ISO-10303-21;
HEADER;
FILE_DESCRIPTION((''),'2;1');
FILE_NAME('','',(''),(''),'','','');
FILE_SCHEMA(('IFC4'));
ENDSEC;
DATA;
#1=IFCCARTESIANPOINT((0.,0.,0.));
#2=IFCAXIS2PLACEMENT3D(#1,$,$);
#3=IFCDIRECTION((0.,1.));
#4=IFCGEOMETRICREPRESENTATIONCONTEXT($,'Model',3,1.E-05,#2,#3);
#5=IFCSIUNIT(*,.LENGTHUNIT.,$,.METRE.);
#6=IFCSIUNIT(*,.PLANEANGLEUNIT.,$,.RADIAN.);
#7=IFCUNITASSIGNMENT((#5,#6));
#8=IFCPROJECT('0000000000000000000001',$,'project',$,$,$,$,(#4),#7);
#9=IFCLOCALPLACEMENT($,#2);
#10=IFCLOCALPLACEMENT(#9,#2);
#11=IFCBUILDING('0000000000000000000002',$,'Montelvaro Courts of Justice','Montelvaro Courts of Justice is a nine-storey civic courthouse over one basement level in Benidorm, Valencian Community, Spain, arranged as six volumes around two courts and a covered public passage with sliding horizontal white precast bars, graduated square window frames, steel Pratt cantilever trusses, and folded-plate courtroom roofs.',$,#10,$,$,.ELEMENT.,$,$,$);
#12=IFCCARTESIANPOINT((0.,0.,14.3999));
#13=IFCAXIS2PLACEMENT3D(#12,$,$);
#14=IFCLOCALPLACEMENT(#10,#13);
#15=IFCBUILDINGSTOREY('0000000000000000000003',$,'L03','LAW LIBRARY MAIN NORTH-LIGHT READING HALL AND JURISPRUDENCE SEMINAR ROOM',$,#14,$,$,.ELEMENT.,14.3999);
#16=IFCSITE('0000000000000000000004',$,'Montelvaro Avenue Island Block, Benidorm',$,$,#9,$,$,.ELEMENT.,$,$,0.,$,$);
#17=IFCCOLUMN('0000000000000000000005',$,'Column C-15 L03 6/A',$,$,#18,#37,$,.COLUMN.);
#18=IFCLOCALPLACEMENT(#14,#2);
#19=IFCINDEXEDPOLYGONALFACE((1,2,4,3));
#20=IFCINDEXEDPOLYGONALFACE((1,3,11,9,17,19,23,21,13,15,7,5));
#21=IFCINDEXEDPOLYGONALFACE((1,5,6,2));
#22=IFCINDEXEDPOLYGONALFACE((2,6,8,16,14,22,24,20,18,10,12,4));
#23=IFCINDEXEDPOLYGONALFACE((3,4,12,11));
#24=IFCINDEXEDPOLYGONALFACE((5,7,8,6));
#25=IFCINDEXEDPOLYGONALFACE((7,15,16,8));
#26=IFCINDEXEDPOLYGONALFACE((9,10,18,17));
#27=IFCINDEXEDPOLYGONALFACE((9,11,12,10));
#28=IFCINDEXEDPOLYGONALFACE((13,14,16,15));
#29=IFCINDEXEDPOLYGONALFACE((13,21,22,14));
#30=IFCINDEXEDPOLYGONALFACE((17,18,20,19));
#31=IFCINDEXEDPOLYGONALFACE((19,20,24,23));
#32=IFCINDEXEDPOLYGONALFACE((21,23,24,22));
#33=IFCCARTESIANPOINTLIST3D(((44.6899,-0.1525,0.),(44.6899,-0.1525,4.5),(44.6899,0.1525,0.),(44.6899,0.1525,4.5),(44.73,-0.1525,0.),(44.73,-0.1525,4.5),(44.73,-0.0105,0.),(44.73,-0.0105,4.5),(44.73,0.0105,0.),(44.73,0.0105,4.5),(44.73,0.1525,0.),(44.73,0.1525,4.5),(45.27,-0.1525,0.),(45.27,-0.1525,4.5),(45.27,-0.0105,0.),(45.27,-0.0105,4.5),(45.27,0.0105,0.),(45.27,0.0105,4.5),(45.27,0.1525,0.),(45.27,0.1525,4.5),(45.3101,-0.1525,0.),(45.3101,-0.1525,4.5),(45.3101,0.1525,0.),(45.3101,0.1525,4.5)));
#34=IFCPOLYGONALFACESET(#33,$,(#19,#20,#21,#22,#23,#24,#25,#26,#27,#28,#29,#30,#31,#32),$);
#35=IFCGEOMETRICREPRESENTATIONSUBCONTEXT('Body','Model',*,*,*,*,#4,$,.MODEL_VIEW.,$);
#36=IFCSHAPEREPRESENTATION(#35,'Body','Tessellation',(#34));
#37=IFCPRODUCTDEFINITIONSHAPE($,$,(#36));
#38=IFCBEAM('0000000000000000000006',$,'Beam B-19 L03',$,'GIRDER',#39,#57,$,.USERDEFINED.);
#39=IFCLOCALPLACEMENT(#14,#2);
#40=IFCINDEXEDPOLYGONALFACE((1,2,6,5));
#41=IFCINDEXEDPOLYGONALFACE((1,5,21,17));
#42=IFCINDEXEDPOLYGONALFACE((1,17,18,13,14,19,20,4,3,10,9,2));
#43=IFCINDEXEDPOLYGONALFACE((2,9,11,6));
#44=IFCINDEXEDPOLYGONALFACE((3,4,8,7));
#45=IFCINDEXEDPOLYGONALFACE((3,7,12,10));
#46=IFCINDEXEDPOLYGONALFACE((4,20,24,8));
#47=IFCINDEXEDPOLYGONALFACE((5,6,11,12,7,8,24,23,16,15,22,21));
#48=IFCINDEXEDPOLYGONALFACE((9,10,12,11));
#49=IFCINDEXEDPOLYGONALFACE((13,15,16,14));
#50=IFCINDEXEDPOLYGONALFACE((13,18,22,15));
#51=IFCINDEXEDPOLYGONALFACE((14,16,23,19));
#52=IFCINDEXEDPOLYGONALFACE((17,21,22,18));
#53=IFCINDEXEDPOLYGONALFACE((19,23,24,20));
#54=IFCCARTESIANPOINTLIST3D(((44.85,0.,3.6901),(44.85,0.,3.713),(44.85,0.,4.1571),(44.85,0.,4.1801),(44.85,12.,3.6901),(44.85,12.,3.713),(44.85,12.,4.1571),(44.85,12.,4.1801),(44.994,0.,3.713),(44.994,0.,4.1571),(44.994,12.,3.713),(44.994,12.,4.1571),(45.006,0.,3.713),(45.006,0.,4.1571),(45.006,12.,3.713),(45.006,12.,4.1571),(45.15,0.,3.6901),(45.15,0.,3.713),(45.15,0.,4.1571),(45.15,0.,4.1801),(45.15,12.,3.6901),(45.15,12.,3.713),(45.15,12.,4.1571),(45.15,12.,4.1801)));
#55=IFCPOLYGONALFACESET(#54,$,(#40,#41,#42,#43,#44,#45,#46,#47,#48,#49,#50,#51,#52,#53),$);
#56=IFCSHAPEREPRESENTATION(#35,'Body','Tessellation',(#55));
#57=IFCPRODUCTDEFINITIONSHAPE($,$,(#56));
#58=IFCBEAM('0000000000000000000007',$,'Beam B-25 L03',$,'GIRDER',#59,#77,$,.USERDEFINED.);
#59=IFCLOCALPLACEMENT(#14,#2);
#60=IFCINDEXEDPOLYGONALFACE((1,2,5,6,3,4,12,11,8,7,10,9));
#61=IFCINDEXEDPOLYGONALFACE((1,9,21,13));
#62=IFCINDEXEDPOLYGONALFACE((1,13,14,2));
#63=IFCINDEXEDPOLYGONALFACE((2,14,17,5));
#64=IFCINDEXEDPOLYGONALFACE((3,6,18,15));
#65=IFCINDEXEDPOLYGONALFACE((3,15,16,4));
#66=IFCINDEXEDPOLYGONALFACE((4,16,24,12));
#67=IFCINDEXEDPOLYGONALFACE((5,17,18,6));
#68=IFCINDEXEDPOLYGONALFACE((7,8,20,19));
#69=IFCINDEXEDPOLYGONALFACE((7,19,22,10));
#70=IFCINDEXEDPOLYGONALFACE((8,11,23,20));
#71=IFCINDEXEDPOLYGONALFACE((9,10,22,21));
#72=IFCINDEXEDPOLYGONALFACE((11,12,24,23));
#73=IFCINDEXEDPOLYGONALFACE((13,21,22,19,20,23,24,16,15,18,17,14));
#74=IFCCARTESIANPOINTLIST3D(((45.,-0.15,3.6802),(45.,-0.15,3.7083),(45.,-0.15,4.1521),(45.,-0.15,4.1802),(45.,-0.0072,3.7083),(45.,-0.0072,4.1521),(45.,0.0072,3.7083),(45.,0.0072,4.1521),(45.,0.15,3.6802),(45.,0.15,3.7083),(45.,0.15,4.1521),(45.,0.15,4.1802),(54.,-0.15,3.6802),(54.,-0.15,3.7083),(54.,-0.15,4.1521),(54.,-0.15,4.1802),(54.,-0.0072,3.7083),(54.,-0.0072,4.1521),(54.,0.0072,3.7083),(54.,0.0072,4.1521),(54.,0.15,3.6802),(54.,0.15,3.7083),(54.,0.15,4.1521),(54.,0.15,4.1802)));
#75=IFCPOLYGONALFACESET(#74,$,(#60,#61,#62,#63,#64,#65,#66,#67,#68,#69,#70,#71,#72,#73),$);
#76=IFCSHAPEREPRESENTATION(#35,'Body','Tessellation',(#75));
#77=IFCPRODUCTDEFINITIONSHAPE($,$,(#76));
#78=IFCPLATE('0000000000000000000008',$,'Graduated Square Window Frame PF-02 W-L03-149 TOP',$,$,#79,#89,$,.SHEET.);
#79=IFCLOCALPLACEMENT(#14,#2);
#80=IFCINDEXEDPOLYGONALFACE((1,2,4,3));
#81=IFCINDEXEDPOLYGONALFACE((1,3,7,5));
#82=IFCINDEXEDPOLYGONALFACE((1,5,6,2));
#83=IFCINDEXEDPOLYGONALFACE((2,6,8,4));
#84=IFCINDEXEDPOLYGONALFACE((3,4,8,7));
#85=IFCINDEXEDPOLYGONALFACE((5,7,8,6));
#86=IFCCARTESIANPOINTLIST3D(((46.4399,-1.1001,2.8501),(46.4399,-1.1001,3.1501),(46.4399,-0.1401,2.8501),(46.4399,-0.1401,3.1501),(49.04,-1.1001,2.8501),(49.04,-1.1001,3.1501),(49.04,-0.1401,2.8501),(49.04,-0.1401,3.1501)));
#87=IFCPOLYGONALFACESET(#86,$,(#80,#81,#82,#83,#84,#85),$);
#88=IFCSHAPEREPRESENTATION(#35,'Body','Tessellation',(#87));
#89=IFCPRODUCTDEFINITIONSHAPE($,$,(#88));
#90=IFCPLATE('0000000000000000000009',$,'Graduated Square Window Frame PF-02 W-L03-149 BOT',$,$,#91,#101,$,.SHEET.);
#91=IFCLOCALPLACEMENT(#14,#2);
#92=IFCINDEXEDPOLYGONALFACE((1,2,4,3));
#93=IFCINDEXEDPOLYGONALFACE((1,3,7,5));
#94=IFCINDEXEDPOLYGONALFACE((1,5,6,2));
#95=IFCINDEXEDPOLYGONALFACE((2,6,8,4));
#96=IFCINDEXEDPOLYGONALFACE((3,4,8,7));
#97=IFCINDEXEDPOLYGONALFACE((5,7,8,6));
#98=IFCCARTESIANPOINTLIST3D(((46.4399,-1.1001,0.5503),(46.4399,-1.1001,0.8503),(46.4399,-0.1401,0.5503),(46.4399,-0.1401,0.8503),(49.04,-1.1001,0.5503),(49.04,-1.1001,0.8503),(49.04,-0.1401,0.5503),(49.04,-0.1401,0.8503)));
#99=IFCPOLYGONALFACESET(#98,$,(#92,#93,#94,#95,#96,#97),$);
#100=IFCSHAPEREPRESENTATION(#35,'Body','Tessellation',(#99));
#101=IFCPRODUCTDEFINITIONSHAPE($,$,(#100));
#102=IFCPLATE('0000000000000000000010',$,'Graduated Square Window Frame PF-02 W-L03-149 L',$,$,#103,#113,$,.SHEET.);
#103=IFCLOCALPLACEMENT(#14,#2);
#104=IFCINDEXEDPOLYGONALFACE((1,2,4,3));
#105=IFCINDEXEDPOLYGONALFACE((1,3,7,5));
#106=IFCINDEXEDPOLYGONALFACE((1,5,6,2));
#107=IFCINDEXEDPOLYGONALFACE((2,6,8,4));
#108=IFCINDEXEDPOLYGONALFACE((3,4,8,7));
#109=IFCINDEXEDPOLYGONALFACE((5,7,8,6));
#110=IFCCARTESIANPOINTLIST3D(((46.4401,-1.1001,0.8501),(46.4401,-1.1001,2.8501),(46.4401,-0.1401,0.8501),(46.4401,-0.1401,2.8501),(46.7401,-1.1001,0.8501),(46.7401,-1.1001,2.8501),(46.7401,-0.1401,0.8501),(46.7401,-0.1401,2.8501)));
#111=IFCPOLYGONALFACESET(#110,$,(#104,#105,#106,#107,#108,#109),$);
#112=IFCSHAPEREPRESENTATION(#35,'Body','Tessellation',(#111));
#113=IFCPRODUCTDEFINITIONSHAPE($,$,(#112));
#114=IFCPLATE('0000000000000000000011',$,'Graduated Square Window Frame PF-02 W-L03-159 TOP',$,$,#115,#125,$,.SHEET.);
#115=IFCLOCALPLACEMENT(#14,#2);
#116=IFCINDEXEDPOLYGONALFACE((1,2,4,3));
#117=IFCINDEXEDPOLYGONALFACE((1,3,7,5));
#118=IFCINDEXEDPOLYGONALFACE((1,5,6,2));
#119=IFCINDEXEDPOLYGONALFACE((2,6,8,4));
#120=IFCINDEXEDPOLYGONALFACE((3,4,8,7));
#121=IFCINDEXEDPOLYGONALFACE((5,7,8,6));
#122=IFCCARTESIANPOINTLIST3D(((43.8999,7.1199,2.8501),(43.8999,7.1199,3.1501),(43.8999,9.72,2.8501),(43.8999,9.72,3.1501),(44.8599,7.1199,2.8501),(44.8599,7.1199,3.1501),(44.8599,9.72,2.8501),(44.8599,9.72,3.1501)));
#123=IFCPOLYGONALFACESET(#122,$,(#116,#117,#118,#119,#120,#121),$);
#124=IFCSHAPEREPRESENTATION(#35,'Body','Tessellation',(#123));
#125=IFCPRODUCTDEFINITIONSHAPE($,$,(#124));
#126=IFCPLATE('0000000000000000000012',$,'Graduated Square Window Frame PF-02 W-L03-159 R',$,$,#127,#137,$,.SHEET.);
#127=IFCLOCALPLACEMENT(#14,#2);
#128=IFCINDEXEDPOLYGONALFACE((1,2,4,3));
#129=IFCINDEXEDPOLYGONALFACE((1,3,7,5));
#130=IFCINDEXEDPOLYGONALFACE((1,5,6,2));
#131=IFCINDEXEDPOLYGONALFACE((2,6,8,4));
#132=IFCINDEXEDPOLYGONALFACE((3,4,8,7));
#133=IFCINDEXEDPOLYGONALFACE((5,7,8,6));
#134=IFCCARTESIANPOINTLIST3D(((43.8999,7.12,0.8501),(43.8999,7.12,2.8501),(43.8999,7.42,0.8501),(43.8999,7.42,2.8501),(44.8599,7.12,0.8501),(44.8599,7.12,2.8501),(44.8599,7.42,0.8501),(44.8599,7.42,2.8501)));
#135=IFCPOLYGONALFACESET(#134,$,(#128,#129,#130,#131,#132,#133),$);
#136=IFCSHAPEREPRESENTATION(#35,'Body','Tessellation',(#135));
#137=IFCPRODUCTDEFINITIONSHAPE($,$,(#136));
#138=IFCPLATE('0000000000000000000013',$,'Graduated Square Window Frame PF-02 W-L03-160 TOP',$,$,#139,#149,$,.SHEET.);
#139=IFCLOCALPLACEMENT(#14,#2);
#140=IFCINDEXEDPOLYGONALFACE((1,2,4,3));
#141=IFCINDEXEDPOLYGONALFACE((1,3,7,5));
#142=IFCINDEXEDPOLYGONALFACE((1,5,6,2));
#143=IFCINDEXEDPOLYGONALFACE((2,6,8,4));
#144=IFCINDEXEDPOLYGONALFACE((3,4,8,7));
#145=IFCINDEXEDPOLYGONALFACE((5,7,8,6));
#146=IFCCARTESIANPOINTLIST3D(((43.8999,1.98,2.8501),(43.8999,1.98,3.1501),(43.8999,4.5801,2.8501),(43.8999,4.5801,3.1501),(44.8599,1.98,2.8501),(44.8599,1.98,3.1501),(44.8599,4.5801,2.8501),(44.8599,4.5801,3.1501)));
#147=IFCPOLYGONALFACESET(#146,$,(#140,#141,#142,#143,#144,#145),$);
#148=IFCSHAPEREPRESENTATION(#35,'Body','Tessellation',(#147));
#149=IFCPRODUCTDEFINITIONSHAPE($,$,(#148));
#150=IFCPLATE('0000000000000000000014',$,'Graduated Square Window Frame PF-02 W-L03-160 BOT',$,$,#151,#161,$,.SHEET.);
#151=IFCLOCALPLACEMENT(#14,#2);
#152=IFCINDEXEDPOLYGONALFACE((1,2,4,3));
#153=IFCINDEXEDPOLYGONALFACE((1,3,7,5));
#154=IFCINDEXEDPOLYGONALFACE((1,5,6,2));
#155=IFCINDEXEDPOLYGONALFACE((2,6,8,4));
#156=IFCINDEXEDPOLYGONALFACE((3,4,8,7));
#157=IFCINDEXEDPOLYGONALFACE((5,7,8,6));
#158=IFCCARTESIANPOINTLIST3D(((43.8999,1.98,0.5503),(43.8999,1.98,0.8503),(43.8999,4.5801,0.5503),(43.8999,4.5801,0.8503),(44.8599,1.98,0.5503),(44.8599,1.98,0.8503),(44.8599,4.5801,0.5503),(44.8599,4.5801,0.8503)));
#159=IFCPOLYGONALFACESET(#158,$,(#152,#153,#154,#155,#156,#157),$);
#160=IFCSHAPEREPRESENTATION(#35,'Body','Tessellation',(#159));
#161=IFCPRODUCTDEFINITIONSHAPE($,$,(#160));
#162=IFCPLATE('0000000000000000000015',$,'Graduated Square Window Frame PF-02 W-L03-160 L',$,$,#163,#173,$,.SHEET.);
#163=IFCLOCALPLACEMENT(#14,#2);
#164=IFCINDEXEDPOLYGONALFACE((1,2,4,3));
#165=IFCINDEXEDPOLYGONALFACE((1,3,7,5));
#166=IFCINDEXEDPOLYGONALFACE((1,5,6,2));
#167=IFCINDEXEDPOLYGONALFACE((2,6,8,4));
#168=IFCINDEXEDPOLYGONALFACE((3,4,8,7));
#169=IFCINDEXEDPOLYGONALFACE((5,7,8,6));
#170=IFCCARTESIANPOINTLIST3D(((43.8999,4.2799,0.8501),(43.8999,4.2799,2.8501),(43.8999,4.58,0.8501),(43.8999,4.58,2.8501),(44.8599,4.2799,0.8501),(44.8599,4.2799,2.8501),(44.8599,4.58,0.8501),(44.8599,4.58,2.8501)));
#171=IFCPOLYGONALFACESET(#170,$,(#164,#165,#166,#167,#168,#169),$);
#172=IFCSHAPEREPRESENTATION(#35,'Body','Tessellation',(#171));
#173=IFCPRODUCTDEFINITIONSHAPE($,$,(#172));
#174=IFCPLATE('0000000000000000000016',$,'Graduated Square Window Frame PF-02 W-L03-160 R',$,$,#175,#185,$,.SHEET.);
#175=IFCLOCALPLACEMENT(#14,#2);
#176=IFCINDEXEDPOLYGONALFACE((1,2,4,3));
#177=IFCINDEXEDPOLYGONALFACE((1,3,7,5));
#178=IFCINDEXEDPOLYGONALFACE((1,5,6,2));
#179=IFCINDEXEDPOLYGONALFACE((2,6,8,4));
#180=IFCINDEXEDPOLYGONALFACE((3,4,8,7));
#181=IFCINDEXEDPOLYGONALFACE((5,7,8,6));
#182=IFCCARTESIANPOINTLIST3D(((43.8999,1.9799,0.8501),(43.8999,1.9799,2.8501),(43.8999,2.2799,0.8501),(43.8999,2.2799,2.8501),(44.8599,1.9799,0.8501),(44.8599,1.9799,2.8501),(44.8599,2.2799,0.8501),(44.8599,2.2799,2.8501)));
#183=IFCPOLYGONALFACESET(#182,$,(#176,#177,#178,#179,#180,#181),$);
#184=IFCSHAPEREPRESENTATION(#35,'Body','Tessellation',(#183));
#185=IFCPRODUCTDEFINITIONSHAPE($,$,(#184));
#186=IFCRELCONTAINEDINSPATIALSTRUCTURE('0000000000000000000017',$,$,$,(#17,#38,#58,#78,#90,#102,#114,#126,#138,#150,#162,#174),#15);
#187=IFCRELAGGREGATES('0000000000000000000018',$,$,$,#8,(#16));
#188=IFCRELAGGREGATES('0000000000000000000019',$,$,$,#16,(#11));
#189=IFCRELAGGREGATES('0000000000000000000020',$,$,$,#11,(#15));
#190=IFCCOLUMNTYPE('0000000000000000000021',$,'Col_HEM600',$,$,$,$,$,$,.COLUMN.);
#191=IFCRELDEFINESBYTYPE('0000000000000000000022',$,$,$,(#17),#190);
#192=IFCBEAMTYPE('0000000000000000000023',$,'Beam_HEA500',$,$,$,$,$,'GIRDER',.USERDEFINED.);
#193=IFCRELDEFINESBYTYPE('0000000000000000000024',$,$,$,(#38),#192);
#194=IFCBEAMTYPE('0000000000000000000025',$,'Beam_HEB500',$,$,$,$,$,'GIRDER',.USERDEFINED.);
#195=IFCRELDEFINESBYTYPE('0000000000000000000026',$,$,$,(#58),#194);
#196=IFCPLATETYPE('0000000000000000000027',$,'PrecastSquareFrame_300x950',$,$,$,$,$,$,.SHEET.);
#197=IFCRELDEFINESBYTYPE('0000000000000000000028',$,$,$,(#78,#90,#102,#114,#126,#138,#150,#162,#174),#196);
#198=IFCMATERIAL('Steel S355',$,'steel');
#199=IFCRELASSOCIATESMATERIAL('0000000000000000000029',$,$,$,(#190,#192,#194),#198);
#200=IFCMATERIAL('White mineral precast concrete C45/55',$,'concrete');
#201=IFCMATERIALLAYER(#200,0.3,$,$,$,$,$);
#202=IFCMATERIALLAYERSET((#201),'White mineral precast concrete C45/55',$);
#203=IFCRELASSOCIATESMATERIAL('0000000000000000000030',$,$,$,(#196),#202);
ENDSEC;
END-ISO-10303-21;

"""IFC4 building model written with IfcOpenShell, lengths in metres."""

from ifc_helpers import new_model, si_unit, direction, frame, origin, origin_2d, place, context, subcontext, project, spatial, rectangle, i_section, extrude, material, layer, layer_set, material_profile, profile_set, type_object, element, save


model = new_model("IFC4")

# Units and contexts
model_context = context("Model", 3, precision=1e-05, world=origin(), true_north=direction((0.0, 1.0)))
body_context = subcontext(model_context, "Body", "Model", "MODEL_VIEW")
ifc_project = project(units=[si_unit("LENGTHUNIT", "METRE"), si_unit("PLANEANGLEUNIT", "RADIAN")], contexts=[model_context])

# Site, building, storey
site_placement = place(None, origin())
site = spatial("IfcSite", under=ifc_project, at=site_placement, Name="Montelvaro Avenue Island Block, Benidorm", CompositionType="ELEMENT", RefElevation=0.0)
building_placement = place(site_placement, origin())
building = spatial("IfcBuilding", under=site, at=building_placement, Name="Montelvaro Courts of Justice", Description="Montelvaro Courts of Justice is a nine-storey civic courthouse over one basement level in Benidorm, Valencian Community, Spain, arranged as six volumes around two courts and a covered public passage with sliding horizontal white precast bars, graduated square window frames, steel Pratt cantilever trusses, and folded-plate courtroom roofs.", CompositionType="ELEMENT")
storey_placement = place(building_placement, frame((0.0, 0.0, 14.3999)))
storey = spatial("IfcBuildingStorey", under=building, at=storey_placement, Name="L03", Description="LAW LIBRARY MAIN NORTH-LIGHT READING HALL AND JURISPRUDENCE SEMINAR ROOM", CompositionType="ELEMENT", Elevation=14.3999)

# Column
ifc_material_1 = material(Name="Steel S355", Category="steel")
ifc_material_profile_1 = material_profile(ifc_material_1, i_section(OverallWidth=0.3049, OverallDepth=0.6201, WebThickness=0.021, FlangeThickness=0.04, at=origin_2d()), Name="HEM 600")
ifc_profile_set_1 = profile_set([ifc_material_profile_1], Name="Steel S355")
column_type = type_object("IfcColumnType", Name="Col_HEM600", PredefinedType="COLUMN", material=ifc_profile_set_1)
column_placement = place(storey_placement, frame((45.0, 0.0, 0.0), z_axis=(0.0, 0.0, 1.0), x_axis=(0.0, 1.0, 0.0)))
element("IfcColumn", 1, at=column_placement, inside=storey, type_object=column_type, Name="Column C-15 L03 6/A", PredefinedType="COLUMN", context=body_context, shape_type="SweptSolid", body=[
    extrude(i_section(OverallWidth=0.3049, OverallDepth=0.6201, WebThickness=0.021, FlangeThickness=0.04, at=origin_2d()), origin(), (0.0, 0.0, 1.0), 4.5),
])

# Beams
ifc_material_profile_2 = material_profile(ifc_material_1, i_section(OverallWidth=0.3, OverallDepth=0.49, WebThickness=0.012, FlangeThickness=0.0229, at=origin_2d()), Name="HEA 500")
ifc_profile_set_2 = profile_set([ifc_material_profile_2], Name="Steel S355")
beam_type_1 = type_object("IfcBeamType", Name="Beam_HEA500", ElementType="GIRDER", PredefinedType="USERDEFINED", material=ifc_profile_set_2)
beam_1_placement = place(storey_placement, frame((45.0, 0.0, 3.9351), z_axis=(0.0, 1.0, 0.0), x_axis=(-1.0, 0.0, 0.0)))
element("IfcBeam", 2, at=beam_1_placement, inside=storey, type_object=beam_type_1, Name="Beam B-19 L03", ObjectType="GIRDER", PredefinedType="USERDEFINED", context=body_context, shape_type="SweptSolid", body=[
    extrude(i_section(OverallWidth=0.3, OverallDepth=0.49, WebThickness=0.012, FlangeThickness=0.0229, at=origin_2d()), origin(), (0.0, 0.0, 1.0), 12.0),
])
ifc_material_profile_3 = material_profile(ifc_material_1, i_section(OverallWidth=0.3, OverallDepth=0.5, WebThickness=0.0144, FlangeThickness=0.0281, at=origin_2d()), Name="HEB 500")
ifc_profile_set_3 = profile_set([ifc_material_profile_3], Name="Steel S355")
beam_type_2 = type_object("IfcBeamType", Name="Beam_HEB500", ElementType="GIRDER", PredefinedType="USERDEFINED", material=ifc_profile_set_3)
beam_2_placement = place(storey_placement, frame((45.0, 0.0, 3.9302), z_axis=(1.0, 0.0, 0.0), x_axis=(0.0, 1.0, 0.0)))
element("IfcBeam", 3, at=beam_2_placement, inside=storey, type_object=beam_type_2, Name="Beam B-25 L03", ObjectType="GIRDER", PredefinedType="USERDEFINED", context=body_context, shape_type="SweptSolid", body=[
    extrude(i_section(OverallWidth=0.3, OverallDepth=0.5, WebThickness=0.0144, FlangeThickness=0.0281, at=origin_2d()), origin(), (0.0, 0.0, 1.0), 9.0),
])

# Plates
ifc_material_2 = material(Name="White mineral precast concrete C45/55", Category="concrete")
ifc_layer_1 = layer(ifc_material_2, 0.3)
ifc_layer_set_1 = layer_set([ifc_layer_1], Name="White mineral precast concrete C45/55")
plate_type = type_object("IfcPlateType", Name="PrecastSquareFrame_300x950", PredefinedType="SHEET", material=ifc_layer_set_1)
for number, where, z_axis, x_axis, name in (
    (4, (47.74, -0.6201, 2.8501), (0.0, 0.0, 1.0), (1.0, 0.0, 0.0), "Graduated Square Window Frame PF-02 W-L03-149 TOP"),
    (5, (47.74, -0.6201, 0.5503), (0.0, 0.0, 1.0), (1.0, 0.0, 0.0), "Graduated Square Window Frame PF-02 W-L03-149 BOT"),
):
    element("IfcPlate", number, at=place(storey_placement, frame(where, z_axis=z_axis, x_axis=x_axis)), inside=storey, type_object=plate_type, Name=name, PredefinedType="SHEET", context=body_context, shape_type="SweptSolid", body=[
        extrude(rectangle(XDim=2.6001, YDim=0.96, at=origin_2d()), origin(), (0.0, 0.0, 1.0), 0.3),
    ])
plate_1_placement = place(storey_placement, frame((46.5901, -0.6201, 0.8501), z_axis=(0.0, 0.0, 1.0), x_axis=(1.0, 0.0, 0.0)))
element("IfcPlate", 6, at=plate_1_placement, inside=storey, type_object=plate_type, Name="Graduated Square Window Frame PF-02 W-L03-149 L", PredefinedType="SHEET", context=body_context, shape_type="SweptSolid", body=[
    extrude(rectangle(XDim=0.3, YDim=0.96, at=origin_2d()), origin(), (0.0, 0.0, 1.0), 2.0),
])
plate_2_placement = place(storey_placement, frame((44.3799, 8.4199, 2.8501), z_axis=(0.0, 0.0, 1.0), x_axis=(0.0, -1.0, 0.0)))
element("IfcPlate", 7, at=plate_2_placement, inside=storey, type_object=plate_type, Name="Graduated Square Window Frame PF-02 W-L03-159 TOP", PredefinedType="SHEET", context=body_context, shape_type="SweptSolid", body=[
    extrude(rectangle(XDim=2.6001, YDim=0.96, at=origin_2d()), origin(), (0.0, 0.0, 1.0), 0.3),
])
plate_3_placement = place(storey_placement, frame((44.3799, 7.27, 0.8501), z_axis=(0.0, 0.0, 1.0), x_axis=(0.0, -1.0, 0.0)))
element("IfcPlate", 8, at=plate_3_placement, inside=storey, type_object=plate_type, Name="Graduated Square Window Frame PF-02 W-L03-159 R", PredefinedType="SHEET", context=body_context, shape_type="SweptSolid", body=[
    extrude(rectangle(XDim=0.3, YDim=0.96, at=origin_2d()), origin(), (0.0, 0.0, 1.0), 2.0),
])
for number, where, z_axis, x_axis, name in (
    (9, (44.3799, 3.28, 2.8501), (0.0, 0.0, 1.0), (0.0, -1.0, 0.0), "Graduated Square Window Frame PF-02 W-L03-160 TOP"),
    (10, (44.3799, 3.28, 0.5503), (0.0, 0.0, 1.0), (0.0, -1.0, 0.0), "Graduated Square Window Frame PF-02 W-L03-160 BOT"),
):
    element("IfcPlate", number, at=place(storey_placement, frame(where, z_axis=z_axis, x_axis=x_axis)), inside=storey, type_object=plate_type, Name=name, PredefinedType="SHEET", context=body_context, shape_type="SweptSolid", body=[
        extrude(rectangle(XDim=2.6001, YDim=0.96, at=origin_2d()), origin(), (0.0, 0.0, 1.0), 0.3),
    ])
for number, where, z_axis, x_axis, name in (
    (11, (44.3799, 4.4299, 0.8501), (0.0, 0.0, 1.0), (0.0, -1.0, 0.0), "Graduated Square Window Frame PF-02 W-L03-160 L"),
    (12, (44.3799, 2.1299, 0.8501), (0.0, 0.0, 1.0), (0.0, -1.0, 0.0), "Graduated Square Window Frame PF-02 W-L03-160 R"),
):
    element("IfcPlate", number, at=place(storey_placement, frame(where, z_axis=z_axis, x_axis=x_axis)), inside=storey, type_object=plate_type, Name=name, PredefinedType="SHEET", context=body_context, shape_type="SweptSolid", body=[
        extrude(rectangle(XDim=0.3, YDim=0.96, at=origin_2d()), origin(), (0.0, 0.0, 1.0), 2.0),
    ])

save(model, "model.ifc")
